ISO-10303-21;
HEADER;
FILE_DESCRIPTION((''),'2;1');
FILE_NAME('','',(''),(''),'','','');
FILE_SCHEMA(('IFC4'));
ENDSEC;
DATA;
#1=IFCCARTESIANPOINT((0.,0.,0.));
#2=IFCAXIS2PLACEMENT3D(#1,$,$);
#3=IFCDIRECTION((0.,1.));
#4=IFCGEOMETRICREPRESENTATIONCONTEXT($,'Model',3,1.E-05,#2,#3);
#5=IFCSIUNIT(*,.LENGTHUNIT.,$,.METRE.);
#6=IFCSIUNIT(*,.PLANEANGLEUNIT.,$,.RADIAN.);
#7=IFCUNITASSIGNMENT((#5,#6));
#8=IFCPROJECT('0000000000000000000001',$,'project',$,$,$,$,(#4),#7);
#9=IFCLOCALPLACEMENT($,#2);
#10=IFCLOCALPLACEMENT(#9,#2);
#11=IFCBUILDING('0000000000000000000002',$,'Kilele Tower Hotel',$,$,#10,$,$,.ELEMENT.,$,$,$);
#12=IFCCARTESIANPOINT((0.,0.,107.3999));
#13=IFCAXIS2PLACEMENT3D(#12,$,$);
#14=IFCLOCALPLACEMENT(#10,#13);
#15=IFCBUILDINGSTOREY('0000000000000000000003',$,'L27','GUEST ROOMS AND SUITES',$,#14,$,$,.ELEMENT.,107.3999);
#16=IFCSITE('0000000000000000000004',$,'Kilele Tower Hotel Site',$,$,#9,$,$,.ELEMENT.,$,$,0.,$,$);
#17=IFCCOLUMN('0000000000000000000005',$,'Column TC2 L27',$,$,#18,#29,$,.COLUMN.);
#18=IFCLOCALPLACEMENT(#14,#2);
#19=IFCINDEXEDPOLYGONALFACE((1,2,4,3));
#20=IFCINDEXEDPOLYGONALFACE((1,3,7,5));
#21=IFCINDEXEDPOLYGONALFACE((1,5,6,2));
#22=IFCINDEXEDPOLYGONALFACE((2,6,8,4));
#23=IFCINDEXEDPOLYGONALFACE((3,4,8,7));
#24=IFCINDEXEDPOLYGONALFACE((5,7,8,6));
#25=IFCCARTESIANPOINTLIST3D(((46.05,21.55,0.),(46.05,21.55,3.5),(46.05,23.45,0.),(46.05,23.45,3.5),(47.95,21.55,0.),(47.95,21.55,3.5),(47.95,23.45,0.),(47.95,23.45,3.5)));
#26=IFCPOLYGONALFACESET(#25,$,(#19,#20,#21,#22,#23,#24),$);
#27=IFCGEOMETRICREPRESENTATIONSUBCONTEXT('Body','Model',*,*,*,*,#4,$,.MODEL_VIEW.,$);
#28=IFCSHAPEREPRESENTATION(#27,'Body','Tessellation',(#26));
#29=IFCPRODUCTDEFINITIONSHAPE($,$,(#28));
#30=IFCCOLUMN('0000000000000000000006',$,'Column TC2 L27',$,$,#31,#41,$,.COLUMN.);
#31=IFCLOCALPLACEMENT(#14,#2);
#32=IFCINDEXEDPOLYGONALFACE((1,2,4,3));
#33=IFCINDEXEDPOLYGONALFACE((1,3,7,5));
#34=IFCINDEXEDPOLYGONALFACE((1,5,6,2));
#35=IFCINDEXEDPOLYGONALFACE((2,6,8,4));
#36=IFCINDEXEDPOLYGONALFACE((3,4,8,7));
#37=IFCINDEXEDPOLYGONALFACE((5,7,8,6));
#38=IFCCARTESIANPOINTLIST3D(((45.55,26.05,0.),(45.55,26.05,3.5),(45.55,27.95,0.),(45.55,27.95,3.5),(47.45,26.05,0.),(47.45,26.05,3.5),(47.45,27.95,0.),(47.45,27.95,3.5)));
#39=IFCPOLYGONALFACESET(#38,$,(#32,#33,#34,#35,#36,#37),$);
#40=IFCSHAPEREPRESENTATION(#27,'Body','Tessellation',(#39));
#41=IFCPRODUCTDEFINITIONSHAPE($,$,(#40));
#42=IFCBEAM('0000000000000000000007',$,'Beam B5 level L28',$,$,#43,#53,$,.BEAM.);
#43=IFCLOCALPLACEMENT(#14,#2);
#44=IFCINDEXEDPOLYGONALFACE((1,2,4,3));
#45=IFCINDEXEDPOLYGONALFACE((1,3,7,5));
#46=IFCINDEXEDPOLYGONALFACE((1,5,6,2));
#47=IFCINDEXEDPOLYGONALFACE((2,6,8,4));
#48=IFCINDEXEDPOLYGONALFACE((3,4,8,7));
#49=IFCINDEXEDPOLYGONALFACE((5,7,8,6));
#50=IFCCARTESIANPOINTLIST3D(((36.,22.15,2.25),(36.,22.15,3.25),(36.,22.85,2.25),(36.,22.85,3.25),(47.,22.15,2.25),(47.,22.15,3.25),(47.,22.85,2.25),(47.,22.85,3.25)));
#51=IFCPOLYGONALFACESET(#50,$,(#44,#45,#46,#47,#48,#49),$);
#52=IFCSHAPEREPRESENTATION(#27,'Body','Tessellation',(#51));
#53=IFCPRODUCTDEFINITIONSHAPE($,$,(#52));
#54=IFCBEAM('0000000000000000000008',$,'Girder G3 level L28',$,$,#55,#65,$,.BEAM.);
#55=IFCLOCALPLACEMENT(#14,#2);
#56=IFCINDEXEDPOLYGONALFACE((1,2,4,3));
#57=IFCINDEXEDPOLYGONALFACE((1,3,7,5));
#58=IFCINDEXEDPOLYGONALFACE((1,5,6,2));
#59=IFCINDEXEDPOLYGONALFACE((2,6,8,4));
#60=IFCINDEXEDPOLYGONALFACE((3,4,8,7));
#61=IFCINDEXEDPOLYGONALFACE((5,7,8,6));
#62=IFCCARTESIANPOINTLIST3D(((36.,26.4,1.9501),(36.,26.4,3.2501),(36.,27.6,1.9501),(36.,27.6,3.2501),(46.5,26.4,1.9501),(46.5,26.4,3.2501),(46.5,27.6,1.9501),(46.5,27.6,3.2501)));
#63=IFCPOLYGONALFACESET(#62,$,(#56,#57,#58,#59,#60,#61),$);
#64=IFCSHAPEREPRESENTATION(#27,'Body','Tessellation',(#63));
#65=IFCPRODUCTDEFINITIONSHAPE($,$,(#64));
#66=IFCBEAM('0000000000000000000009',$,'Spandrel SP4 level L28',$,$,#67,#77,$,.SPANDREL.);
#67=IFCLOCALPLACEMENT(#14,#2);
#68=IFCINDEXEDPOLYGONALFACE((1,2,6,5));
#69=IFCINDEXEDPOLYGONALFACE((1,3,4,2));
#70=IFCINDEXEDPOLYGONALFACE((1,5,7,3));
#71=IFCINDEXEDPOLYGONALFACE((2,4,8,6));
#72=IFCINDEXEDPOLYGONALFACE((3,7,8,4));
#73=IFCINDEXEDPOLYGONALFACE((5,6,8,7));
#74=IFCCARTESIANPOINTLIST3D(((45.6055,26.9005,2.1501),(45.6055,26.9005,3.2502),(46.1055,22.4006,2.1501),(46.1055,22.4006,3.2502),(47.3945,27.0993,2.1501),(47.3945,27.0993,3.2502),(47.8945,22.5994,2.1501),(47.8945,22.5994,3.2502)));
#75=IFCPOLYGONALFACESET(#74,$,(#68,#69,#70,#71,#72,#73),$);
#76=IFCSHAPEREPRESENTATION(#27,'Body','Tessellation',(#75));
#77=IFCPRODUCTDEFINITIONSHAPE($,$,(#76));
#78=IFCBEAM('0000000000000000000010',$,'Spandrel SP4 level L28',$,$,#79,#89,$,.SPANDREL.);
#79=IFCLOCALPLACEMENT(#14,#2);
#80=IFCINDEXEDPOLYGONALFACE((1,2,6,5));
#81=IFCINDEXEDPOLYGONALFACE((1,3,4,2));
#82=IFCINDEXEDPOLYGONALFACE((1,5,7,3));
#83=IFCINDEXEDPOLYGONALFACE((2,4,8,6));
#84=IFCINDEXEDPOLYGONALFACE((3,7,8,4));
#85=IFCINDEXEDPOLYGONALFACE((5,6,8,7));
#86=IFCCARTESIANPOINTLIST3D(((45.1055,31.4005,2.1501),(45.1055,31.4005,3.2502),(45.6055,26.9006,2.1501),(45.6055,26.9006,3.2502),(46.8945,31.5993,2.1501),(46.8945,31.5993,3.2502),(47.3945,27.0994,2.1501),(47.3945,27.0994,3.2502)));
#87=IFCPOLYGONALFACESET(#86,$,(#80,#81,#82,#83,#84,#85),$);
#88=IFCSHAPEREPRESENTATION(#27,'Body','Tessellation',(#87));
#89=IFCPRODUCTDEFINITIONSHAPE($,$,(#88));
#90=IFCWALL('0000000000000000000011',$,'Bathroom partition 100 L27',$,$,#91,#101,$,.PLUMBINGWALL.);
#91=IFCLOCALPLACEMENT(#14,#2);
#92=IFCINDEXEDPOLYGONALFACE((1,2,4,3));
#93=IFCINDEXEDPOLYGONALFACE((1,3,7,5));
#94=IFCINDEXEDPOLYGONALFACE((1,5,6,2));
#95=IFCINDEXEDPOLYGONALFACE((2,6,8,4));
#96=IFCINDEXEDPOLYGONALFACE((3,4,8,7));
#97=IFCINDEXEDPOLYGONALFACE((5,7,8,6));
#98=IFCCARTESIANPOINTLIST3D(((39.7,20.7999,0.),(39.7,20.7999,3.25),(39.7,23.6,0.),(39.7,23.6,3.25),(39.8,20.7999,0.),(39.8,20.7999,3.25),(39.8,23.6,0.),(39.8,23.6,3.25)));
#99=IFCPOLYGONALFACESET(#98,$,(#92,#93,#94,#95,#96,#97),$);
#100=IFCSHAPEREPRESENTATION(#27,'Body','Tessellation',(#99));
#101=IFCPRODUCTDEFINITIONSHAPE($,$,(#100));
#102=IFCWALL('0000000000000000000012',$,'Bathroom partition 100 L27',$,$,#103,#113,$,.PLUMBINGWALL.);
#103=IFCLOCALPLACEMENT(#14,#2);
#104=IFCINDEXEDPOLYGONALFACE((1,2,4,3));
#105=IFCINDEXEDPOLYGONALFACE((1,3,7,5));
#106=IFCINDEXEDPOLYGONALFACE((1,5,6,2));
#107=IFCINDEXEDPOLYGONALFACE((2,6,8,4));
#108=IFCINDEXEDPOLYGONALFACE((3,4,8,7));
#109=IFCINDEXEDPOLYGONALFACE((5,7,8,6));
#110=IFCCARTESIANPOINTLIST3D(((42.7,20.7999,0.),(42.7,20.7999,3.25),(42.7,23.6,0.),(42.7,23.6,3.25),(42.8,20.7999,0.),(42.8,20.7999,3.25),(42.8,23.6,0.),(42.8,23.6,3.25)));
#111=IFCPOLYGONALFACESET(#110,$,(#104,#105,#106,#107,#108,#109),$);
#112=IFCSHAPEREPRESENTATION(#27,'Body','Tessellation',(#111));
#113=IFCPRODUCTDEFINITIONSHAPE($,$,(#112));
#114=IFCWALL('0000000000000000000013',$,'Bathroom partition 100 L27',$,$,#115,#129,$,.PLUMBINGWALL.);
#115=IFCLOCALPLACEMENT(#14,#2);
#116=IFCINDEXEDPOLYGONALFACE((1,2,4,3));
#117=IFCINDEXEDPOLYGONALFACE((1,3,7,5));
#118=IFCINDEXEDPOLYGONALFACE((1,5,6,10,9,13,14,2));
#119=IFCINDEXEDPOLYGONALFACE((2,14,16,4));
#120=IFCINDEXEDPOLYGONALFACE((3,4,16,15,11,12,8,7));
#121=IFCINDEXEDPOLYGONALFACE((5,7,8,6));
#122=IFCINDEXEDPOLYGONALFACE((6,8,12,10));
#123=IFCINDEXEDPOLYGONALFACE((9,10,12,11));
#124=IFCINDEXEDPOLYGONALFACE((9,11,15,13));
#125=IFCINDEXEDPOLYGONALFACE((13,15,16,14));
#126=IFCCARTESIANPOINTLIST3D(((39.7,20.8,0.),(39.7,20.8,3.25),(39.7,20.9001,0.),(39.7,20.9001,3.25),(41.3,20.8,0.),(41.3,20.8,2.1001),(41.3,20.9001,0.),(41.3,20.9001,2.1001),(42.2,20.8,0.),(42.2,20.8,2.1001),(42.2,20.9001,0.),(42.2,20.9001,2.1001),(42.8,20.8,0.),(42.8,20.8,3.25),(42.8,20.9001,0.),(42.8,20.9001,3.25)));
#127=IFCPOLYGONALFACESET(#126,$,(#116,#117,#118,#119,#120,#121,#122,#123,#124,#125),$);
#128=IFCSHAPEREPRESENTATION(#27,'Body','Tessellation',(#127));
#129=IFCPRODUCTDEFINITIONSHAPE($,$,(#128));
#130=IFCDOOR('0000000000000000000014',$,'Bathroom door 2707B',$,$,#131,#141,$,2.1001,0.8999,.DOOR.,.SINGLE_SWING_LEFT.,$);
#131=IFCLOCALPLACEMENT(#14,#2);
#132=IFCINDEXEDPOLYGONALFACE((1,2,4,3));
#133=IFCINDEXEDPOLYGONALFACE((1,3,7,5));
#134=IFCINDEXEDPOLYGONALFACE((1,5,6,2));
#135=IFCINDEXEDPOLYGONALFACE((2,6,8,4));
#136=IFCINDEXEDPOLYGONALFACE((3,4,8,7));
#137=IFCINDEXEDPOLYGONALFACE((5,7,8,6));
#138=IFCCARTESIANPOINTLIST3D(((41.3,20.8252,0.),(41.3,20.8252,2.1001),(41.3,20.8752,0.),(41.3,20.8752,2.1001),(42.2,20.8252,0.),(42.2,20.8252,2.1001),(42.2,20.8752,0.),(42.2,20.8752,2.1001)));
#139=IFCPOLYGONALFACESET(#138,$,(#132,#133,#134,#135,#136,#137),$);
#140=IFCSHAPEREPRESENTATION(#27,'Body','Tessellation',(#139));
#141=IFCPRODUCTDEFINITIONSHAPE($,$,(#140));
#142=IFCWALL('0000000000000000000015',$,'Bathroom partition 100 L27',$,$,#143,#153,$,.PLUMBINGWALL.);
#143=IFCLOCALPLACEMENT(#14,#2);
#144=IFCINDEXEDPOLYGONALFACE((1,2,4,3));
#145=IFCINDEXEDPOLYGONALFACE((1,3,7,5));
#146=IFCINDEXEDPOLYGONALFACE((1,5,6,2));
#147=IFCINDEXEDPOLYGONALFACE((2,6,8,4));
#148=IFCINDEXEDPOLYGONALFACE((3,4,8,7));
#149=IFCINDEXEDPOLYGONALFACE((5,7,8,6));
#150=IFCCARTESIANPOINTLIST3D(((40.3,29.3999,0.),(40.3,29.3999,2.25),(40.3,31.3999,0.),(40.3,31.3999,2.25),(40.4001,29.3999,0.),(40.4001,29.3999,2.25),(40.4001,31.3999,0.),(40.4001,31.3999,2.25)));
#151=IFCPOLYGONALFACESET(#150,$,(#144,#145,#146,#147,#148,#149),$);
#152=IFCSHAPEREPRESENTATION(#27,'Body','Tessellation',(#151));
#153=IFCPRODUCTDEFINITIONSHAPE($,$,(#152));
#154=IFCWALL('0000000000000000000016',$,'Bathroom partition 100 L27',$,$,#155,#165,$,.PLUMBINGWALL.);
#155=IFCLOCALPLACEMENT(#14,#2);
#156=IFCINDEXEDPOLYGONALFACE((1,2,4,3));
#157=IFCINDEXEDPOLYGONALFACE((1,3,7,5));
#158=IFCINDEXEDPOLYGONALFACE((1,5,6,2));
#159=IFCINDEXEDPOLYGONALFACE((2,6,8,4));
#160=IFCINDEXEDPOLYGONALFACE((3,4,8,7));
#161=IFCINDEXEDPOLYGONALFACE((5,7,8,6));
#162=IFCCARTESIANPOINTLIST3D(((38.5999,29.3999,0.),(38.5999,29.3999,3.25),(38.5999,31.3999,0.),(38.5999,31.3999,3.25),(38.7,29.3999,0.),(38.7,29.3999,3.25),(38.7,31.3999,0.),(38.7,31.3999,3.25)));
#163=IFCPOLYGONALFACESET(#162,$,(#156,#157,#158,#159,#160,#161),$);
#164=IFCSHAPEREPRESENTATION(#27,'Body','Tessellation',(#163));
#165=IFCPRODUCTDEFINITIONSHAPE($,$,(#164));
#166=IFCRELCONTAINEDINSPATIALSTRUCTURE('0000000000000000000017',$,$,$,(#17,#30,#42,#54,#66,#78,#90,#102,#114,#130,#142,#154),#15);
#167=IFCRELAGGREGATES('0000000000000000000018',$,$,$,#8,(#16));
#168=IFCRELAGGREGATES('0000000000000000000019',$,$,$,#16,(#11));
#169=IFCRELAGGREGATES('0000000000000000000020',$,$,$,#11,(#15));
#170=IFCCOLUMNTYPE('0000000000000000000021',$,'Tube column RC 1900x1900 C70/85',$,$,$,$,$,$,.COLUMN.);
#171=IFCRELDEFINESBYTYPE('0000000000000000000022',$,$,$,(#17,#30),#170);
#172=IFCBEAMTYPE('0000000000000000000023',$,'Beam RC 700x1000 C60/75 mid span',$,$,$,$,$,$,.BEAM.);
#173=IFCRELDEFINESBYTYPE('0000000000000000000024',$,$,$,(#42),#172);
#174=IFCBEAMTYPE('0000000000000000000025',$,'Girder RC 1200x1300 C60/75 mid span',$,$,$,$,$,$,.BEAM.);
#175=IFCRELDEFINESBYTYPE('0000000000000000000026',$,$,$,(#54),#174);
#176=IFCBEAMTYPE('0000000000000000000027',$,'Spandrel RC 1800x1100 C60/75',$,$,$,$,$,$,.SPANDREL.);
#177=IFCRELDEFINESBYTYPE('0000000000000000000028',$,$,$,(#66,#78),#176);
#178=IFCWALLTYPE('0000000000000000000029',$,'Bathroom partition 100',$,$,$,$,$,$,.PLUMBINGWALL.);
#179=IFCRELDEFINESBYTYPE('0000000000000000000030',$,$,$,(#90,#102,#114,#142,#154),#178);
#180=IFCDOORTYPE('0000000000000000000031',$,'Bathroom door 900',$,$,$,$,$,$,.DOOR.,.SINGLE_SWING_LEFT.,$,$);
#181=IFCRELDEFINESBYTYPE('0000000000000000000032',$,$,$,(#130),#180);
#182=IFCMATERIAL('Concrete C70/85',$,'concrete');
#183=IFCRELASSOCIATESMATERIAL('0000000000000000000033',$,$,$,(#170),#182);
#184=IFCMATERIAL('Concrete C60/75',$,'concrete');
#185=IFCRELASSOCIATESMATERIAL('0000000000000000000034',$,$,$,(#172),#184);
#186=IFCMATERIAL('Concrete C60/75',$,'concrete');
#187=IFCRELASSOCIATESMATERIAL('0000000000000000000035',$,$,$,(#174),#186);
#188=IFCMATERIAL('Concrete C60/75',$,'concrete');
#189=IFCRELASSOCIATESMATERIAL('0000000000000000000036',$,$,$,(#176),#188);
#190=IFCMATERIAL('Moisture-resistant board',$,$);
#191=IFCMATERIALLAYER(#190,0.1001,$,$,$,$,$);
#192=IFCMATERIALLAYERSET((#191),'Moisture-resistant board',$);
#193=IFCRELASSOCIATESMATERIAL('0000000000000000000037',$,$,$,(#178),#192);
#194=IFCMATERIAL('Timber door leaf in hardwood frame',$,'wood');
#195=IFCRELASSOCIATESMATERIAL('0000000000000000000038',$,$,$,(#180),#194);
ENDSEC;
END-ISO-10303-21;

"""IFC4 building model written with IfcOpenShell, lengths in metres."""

from ifc_helpers import new_model, si_unit, direction, frame, frame_2d, origin, origin_2d, place, context, subcontext, project, spatial, rectangle, extrude, material, layer, layer_set, material_profile, profile_set, type_object, element, fill, save


model = new_model("IFC4")

# Units and contexts
model_context = context("Model", 3, precision=1e-05, world=origin(), true_north=direction((0.0, 1.0)))
body_context = subcontext(model_context, "Body", "Model", "MODEL_VIEW")
ifc_project = project(units=[si_unit("LENGTHUNIT", "METRE"), si_unit("PLANEANGLEUNIT", "RADIAN")], contexts=[model_context])

# Site, building, storey
site_placement = place(None, origin())
site = spatial("IfcSite", under=ifc_project, at=site_placement, Name="Kilele Tower Hotel Site", CompositionType="ELEMENT", RefElevation=0.0)
building_placement = place(site_placement, origin())
building = spatial("IfcBuilding", under=site, at=building_placement, Name="Kilele Tower Hotel", CompositionType="ELEMENT")
storey_placement = place(building_placement, frame((0.0, 0.0, 107.3999)))
storey = spatial("IfcBuildingStorey", under=building, at=storey_placement, Name="L27", Description="GUEST ROOMS AND SUITES", CompositionType="ELEMENT", Elevation=107.3999)

# Columns
ifc_material_1 = material(Name="Concrete C70/85", Category="concrete")
ifc_material_profile_1 = material_profile(ifc_material_1, rectangle(XDim=1.8999, YDim=1.8999, at=origin_2d()))
ifc_profile_set_1 = profile_set([ifc_material_profile_1], Name="Concrete C70/85")
column_type = type_object("IfcColumnType", Name="Tube column RC 1900x1900 C70/85", PredefinedType="COLUMN", material=ifc_profile_set_1)
for number, where, z_axis, x_axis, name in (
    (1, (47.0, 22.5, 0.0), (0.0, 0.0, 1.0), (1.0, 0.0, 0.0), "Column TC2 L27"),
    (2, (46.5, 27.0, 0.0), (0.0, 0.0, 1.0), (1.0, 0.0, 0.0), "Column TC2 L27"),
):
    element("IfcColumn", number, at=place(storey_placement, frame(where, z_axis=z_axis, x_axis=x_axis)), inside=storey, type_object=column_type, Name=name, PredefinedType="COLUMN", context=body_context, shape_type="SweptSolid", body=[
        extrude(rectangle(XDim=1.8999, YDim=1.8999, at=origin_2d()), origin(), (0.0, 0.0, 1.0), 3.5),
    ])

# Beams
ifc_material_2 = material(Name="Concrete C60/75", Category="concrete")
ifc_material_profile_2 = material_profile(ifc_material_2, rectangle(XDim=0.7, YDim=1.0, at=origin_2d()))
ifc_profile_set_2 = profile_set([ifc_material_profile_2], Name="Concrete C60/75")
beam_type_1 = type_object("IfcBeamType", Name="Beam RC 700x1000 C60/75 mid span", PredefinedType="BEAM", material=ifc_profile_set_2)
beam_1_placement = place(storey_placement, frame((47.0, 22.5, 2.75), z_axis=(-1.0, 0.0, 0.0), x_axis=(0.0, -1.0, 0.0)))
element("IfcBeam", 3, at=beam_1_placement, inside=storey, type_object=beam_type_1, Name="Beam B5 level L28", PredefinedType="BEAM", context=body_context, shape_type="SweptSolid", body=[
    extrude(rectangle(XDim=0.7, YDim=1.0, at=origin_2d()), origin(), (0.0, 0.0, 1.0), 11.0),
])
ifc_material_3 = material(Name="Concrete C60/75", Category="concrete")
ifc_material_profile_3 = material_profile(ifc_material_3, rectangle(XDim=1.2, YDim=1.3, at=origin_2d()))
ifc_profile_set_3 = profile_set([ifc_material_profile_3], Name="Concrete C60/75")
beam_type_2 = type_object("IfcBeamType", Name="Girder RC 1200x1300 C60/75 mid span", PredefinedType="BEAM", material=ifc_profile_set_3)
beam_2_placement = place(storey_placement, frame((46.5, 27.0, 2.6001), z_axis=(-1.0, 0.0, 0.0), x_axis=(0.0, -1.0, 0.0)))
element("IfcBeam", 4, at=beam_2_placement, inside=storey, type_object=beam_type_2, Name="Girder G3 level L28", PredefinedType="BEAM", context=body_context, shape_type="SweptSolid", body=[
    extrude(rectangle(XDim=1.2, YDim=1.3, at=origin_2d()), origin(), (0.0, 0.0, 1.0), 10.5),
])
ifc_material_4 = material(Name="Concrete C60/75", Category="concrete")
ifc_material_profile_4 = material_profile(ifc_material_4, rectangle(XDim=1.8, YDim=1.1001, at=origin_2d()))
ifc_profile_set_4 = profile_set([ifc_material_profile_4], Name="Concrete C60/75")
beam_type_3 = type_object("IfcBeamType", Name="Spandrel RC 1800x1100 C60/75", PredefinedType="SPANDREL", material=ifc_profile_set_4)
for number, where, z_axis, x_axis, name in (
    (5, (47.0, 22.5, 2.7002), (-0.110432, 0.993884, 0.0), (-0.993884, -0.110432, 0.0), "Spandrel SP4 level L28"),
    (6, (46.5, 27.0, 2.7002), (-0.110432, 0.993884, 0.0), (-0.993884, -0.110432, 0.0), "Spandrel SP4 level L28"),
):
    element("IfcBeam", number, at=place(storey_placement, frame(where, z_axis=z_axis, x_axis=x_axis)), inside=storey, type_object=beam_type_3, Name=name, PredefinedType="SPANDREL", context=body_context, shape_type="SweptSolid", body=[
        extrude(rectangle(XDim=1.8, YDim=1.1001, at=origin_2d()), origin(), (0.0, 0.0, 1.0), 4.5276),
    ])

# Walls
ifc_material_5 = material(Name="Moisture-resistant board")
ifc_layer_1 = layer(ifc_material_5, 0.1001)
ifc_layer_set_1 = layer_set([ifc_layer_1], Name="Moisture-resistant board")
wall_type_1 = type_object("IfcWallType", Name="Bathroom partition 100", PredefinedType="PLUMBINGWALL", material=ifc_layer_set_1)
for number, where, z_axis, x_axis, name in (
    (7, (39.75, 20.8, 0.0), (0.0, 0.0, 1.0), (0.0, 1.0, 0.0), "Bathroom partition 100 L27"),
    (8, (42.75, 20.8, 0.0), (0.0, 0.0, 1.0), (0.0, 1.0, 0.0), "Bathroom partition 100 L27"),
):
    element("IfcWall", number, at=place(storey_placement, frame(where, z_axis=z_axis, x_axis=x_axis)), inside=storey, type_object=wall_type_1, Name=name, PredefinedType="PLUMBINGWALL", context=body_context, shape_type="SweptSolid", body=[
        extrude(rectangle(XDim=2.8, YDim=0.1001, at=frame_2d((1.3999, 0.0))), origin(), (0.0, 0.0, 1.0), 3.25),
    ])

# Wall, opening, door
wall_1_placement = place(storey_placement, frame((39.7, 20.8501, 0.0), z_axis=(0.0, 0.0, 1.0), x_axis=(1.0, 0.0, 0.0)))
wall_1 = element("IfcWall", 9, at=wall_1_placement, inside=storey, type_object=wall_type_1, Name="Bathroom partition 100 L27", PredefinedType="PLUMBINGWALL", context=body_context, shape_type="SweptSolid", body=[
    extrude(rectangle(XDim=3.1001, YDim=0.1001, at=frame_2d((1.55, 0.0))), origin(), (0.0, 0.0, 1.0), 3.25),
])
opening_1_placement = place(wall_1_placement, frame((2.5, 0.0, 0.0), z_axis=(0.0, 0.0, 1.0), x_axis=(-1.0, 0.0, 0.0)))
opening_1 = element("IfcOpeningElement", 10, at=opening_1_placement, cuts=wall_1, PredefinedType="OPENING", context=body_context, shape_type="SweptSolid", body=[
    extrude(rectangle(XDim=0.8999, YDim=2.1001, at=frame_2d((0.45, 1.05))), frame((0.0, 0.0601, 0.0), z_axis=(0.0, -1.0, 0.0), x_axis=(1.0, 0.0, 0.0)), (0.0, 0.0, 1.0), 0.1201),
])
ifc_material_6 = material(Name="Timber door leaf in hardwood frame", Category="wood")
door_type_1 = type_object("IfcDoorType", Name="Bathroom door 900", OperationType="SINGLE_SWING_LEFT", PredefinedType="DOOR", material=ifc_material_6)
door_1_placement = place(opening_1_placement, origin())
door_1 = element("IfcDoor", 11, at=door_1_placement, inside=storey, type_object=door_type_1, Name="Bathroom door 2707B", OperationType="SINGLE_SWING_LEFT", OverallHeight=2.1001, OverallWidth=0.8999, PredefinedType="DOOR", context=body_context, shape_type="SweptSolid", body=[
    extrude(rectangle(XDim=0.8999, YDim=2.1001, at=frame_2d((0.45, 1.05))), frame((0.0, 0.0249, 0.0), z_axis=(0.0, -1.0, 0.0), x_axis=(1.0, 0.0, 0.0)), (0.0, 0.0, 1.0), 0.05),
])
fill(opening_1, door_1)

# Walls
wall_2_placement = place(storey_placement, frame((40.3501, 31.3999, 0.0), z_axis=(0.0, 0.0, 1.0), x_axis=(0.0, -1.0, 0.0)))
element("IfcWall", 12, at=wall_2_placement, inside=storey, type_object=wall_type_1, Name="Bathroom partition 100 L27", PredefinedType="PLUMBINGWALL", context=body_context, shape_type="SweptSolid", body=[
    extrude(rectangle(XDim=2.0, YDim=0.1001, at=frame_2d((1.0, 0.0))), origin(), (0.0, 0.0, 1.0), 2.25),
])
wall_3_placement = place(storey_placement, frame((38.6499, 31.3999, 0.0), z_axis=(0.0, 0.0, 1.0), x_axis=(0.0, -1.0, 0.0)))
element("IfcWall", 13, at=wall_3_placement, inside=storey, type_object=wall_type_1, Name="Bathroom partition 100 L27", PredefinedType="PLUMBINGWALL", context=body_context, shape_type="SweptSolid", body=[
    extrude(rectangle(XDim=2.0, YDim=0.1001, at=frame_2d((1.0, 0.0))), origin(), (0.0, 0.0, 1.0), 3.25),
])

save(model, "model.ifc")
